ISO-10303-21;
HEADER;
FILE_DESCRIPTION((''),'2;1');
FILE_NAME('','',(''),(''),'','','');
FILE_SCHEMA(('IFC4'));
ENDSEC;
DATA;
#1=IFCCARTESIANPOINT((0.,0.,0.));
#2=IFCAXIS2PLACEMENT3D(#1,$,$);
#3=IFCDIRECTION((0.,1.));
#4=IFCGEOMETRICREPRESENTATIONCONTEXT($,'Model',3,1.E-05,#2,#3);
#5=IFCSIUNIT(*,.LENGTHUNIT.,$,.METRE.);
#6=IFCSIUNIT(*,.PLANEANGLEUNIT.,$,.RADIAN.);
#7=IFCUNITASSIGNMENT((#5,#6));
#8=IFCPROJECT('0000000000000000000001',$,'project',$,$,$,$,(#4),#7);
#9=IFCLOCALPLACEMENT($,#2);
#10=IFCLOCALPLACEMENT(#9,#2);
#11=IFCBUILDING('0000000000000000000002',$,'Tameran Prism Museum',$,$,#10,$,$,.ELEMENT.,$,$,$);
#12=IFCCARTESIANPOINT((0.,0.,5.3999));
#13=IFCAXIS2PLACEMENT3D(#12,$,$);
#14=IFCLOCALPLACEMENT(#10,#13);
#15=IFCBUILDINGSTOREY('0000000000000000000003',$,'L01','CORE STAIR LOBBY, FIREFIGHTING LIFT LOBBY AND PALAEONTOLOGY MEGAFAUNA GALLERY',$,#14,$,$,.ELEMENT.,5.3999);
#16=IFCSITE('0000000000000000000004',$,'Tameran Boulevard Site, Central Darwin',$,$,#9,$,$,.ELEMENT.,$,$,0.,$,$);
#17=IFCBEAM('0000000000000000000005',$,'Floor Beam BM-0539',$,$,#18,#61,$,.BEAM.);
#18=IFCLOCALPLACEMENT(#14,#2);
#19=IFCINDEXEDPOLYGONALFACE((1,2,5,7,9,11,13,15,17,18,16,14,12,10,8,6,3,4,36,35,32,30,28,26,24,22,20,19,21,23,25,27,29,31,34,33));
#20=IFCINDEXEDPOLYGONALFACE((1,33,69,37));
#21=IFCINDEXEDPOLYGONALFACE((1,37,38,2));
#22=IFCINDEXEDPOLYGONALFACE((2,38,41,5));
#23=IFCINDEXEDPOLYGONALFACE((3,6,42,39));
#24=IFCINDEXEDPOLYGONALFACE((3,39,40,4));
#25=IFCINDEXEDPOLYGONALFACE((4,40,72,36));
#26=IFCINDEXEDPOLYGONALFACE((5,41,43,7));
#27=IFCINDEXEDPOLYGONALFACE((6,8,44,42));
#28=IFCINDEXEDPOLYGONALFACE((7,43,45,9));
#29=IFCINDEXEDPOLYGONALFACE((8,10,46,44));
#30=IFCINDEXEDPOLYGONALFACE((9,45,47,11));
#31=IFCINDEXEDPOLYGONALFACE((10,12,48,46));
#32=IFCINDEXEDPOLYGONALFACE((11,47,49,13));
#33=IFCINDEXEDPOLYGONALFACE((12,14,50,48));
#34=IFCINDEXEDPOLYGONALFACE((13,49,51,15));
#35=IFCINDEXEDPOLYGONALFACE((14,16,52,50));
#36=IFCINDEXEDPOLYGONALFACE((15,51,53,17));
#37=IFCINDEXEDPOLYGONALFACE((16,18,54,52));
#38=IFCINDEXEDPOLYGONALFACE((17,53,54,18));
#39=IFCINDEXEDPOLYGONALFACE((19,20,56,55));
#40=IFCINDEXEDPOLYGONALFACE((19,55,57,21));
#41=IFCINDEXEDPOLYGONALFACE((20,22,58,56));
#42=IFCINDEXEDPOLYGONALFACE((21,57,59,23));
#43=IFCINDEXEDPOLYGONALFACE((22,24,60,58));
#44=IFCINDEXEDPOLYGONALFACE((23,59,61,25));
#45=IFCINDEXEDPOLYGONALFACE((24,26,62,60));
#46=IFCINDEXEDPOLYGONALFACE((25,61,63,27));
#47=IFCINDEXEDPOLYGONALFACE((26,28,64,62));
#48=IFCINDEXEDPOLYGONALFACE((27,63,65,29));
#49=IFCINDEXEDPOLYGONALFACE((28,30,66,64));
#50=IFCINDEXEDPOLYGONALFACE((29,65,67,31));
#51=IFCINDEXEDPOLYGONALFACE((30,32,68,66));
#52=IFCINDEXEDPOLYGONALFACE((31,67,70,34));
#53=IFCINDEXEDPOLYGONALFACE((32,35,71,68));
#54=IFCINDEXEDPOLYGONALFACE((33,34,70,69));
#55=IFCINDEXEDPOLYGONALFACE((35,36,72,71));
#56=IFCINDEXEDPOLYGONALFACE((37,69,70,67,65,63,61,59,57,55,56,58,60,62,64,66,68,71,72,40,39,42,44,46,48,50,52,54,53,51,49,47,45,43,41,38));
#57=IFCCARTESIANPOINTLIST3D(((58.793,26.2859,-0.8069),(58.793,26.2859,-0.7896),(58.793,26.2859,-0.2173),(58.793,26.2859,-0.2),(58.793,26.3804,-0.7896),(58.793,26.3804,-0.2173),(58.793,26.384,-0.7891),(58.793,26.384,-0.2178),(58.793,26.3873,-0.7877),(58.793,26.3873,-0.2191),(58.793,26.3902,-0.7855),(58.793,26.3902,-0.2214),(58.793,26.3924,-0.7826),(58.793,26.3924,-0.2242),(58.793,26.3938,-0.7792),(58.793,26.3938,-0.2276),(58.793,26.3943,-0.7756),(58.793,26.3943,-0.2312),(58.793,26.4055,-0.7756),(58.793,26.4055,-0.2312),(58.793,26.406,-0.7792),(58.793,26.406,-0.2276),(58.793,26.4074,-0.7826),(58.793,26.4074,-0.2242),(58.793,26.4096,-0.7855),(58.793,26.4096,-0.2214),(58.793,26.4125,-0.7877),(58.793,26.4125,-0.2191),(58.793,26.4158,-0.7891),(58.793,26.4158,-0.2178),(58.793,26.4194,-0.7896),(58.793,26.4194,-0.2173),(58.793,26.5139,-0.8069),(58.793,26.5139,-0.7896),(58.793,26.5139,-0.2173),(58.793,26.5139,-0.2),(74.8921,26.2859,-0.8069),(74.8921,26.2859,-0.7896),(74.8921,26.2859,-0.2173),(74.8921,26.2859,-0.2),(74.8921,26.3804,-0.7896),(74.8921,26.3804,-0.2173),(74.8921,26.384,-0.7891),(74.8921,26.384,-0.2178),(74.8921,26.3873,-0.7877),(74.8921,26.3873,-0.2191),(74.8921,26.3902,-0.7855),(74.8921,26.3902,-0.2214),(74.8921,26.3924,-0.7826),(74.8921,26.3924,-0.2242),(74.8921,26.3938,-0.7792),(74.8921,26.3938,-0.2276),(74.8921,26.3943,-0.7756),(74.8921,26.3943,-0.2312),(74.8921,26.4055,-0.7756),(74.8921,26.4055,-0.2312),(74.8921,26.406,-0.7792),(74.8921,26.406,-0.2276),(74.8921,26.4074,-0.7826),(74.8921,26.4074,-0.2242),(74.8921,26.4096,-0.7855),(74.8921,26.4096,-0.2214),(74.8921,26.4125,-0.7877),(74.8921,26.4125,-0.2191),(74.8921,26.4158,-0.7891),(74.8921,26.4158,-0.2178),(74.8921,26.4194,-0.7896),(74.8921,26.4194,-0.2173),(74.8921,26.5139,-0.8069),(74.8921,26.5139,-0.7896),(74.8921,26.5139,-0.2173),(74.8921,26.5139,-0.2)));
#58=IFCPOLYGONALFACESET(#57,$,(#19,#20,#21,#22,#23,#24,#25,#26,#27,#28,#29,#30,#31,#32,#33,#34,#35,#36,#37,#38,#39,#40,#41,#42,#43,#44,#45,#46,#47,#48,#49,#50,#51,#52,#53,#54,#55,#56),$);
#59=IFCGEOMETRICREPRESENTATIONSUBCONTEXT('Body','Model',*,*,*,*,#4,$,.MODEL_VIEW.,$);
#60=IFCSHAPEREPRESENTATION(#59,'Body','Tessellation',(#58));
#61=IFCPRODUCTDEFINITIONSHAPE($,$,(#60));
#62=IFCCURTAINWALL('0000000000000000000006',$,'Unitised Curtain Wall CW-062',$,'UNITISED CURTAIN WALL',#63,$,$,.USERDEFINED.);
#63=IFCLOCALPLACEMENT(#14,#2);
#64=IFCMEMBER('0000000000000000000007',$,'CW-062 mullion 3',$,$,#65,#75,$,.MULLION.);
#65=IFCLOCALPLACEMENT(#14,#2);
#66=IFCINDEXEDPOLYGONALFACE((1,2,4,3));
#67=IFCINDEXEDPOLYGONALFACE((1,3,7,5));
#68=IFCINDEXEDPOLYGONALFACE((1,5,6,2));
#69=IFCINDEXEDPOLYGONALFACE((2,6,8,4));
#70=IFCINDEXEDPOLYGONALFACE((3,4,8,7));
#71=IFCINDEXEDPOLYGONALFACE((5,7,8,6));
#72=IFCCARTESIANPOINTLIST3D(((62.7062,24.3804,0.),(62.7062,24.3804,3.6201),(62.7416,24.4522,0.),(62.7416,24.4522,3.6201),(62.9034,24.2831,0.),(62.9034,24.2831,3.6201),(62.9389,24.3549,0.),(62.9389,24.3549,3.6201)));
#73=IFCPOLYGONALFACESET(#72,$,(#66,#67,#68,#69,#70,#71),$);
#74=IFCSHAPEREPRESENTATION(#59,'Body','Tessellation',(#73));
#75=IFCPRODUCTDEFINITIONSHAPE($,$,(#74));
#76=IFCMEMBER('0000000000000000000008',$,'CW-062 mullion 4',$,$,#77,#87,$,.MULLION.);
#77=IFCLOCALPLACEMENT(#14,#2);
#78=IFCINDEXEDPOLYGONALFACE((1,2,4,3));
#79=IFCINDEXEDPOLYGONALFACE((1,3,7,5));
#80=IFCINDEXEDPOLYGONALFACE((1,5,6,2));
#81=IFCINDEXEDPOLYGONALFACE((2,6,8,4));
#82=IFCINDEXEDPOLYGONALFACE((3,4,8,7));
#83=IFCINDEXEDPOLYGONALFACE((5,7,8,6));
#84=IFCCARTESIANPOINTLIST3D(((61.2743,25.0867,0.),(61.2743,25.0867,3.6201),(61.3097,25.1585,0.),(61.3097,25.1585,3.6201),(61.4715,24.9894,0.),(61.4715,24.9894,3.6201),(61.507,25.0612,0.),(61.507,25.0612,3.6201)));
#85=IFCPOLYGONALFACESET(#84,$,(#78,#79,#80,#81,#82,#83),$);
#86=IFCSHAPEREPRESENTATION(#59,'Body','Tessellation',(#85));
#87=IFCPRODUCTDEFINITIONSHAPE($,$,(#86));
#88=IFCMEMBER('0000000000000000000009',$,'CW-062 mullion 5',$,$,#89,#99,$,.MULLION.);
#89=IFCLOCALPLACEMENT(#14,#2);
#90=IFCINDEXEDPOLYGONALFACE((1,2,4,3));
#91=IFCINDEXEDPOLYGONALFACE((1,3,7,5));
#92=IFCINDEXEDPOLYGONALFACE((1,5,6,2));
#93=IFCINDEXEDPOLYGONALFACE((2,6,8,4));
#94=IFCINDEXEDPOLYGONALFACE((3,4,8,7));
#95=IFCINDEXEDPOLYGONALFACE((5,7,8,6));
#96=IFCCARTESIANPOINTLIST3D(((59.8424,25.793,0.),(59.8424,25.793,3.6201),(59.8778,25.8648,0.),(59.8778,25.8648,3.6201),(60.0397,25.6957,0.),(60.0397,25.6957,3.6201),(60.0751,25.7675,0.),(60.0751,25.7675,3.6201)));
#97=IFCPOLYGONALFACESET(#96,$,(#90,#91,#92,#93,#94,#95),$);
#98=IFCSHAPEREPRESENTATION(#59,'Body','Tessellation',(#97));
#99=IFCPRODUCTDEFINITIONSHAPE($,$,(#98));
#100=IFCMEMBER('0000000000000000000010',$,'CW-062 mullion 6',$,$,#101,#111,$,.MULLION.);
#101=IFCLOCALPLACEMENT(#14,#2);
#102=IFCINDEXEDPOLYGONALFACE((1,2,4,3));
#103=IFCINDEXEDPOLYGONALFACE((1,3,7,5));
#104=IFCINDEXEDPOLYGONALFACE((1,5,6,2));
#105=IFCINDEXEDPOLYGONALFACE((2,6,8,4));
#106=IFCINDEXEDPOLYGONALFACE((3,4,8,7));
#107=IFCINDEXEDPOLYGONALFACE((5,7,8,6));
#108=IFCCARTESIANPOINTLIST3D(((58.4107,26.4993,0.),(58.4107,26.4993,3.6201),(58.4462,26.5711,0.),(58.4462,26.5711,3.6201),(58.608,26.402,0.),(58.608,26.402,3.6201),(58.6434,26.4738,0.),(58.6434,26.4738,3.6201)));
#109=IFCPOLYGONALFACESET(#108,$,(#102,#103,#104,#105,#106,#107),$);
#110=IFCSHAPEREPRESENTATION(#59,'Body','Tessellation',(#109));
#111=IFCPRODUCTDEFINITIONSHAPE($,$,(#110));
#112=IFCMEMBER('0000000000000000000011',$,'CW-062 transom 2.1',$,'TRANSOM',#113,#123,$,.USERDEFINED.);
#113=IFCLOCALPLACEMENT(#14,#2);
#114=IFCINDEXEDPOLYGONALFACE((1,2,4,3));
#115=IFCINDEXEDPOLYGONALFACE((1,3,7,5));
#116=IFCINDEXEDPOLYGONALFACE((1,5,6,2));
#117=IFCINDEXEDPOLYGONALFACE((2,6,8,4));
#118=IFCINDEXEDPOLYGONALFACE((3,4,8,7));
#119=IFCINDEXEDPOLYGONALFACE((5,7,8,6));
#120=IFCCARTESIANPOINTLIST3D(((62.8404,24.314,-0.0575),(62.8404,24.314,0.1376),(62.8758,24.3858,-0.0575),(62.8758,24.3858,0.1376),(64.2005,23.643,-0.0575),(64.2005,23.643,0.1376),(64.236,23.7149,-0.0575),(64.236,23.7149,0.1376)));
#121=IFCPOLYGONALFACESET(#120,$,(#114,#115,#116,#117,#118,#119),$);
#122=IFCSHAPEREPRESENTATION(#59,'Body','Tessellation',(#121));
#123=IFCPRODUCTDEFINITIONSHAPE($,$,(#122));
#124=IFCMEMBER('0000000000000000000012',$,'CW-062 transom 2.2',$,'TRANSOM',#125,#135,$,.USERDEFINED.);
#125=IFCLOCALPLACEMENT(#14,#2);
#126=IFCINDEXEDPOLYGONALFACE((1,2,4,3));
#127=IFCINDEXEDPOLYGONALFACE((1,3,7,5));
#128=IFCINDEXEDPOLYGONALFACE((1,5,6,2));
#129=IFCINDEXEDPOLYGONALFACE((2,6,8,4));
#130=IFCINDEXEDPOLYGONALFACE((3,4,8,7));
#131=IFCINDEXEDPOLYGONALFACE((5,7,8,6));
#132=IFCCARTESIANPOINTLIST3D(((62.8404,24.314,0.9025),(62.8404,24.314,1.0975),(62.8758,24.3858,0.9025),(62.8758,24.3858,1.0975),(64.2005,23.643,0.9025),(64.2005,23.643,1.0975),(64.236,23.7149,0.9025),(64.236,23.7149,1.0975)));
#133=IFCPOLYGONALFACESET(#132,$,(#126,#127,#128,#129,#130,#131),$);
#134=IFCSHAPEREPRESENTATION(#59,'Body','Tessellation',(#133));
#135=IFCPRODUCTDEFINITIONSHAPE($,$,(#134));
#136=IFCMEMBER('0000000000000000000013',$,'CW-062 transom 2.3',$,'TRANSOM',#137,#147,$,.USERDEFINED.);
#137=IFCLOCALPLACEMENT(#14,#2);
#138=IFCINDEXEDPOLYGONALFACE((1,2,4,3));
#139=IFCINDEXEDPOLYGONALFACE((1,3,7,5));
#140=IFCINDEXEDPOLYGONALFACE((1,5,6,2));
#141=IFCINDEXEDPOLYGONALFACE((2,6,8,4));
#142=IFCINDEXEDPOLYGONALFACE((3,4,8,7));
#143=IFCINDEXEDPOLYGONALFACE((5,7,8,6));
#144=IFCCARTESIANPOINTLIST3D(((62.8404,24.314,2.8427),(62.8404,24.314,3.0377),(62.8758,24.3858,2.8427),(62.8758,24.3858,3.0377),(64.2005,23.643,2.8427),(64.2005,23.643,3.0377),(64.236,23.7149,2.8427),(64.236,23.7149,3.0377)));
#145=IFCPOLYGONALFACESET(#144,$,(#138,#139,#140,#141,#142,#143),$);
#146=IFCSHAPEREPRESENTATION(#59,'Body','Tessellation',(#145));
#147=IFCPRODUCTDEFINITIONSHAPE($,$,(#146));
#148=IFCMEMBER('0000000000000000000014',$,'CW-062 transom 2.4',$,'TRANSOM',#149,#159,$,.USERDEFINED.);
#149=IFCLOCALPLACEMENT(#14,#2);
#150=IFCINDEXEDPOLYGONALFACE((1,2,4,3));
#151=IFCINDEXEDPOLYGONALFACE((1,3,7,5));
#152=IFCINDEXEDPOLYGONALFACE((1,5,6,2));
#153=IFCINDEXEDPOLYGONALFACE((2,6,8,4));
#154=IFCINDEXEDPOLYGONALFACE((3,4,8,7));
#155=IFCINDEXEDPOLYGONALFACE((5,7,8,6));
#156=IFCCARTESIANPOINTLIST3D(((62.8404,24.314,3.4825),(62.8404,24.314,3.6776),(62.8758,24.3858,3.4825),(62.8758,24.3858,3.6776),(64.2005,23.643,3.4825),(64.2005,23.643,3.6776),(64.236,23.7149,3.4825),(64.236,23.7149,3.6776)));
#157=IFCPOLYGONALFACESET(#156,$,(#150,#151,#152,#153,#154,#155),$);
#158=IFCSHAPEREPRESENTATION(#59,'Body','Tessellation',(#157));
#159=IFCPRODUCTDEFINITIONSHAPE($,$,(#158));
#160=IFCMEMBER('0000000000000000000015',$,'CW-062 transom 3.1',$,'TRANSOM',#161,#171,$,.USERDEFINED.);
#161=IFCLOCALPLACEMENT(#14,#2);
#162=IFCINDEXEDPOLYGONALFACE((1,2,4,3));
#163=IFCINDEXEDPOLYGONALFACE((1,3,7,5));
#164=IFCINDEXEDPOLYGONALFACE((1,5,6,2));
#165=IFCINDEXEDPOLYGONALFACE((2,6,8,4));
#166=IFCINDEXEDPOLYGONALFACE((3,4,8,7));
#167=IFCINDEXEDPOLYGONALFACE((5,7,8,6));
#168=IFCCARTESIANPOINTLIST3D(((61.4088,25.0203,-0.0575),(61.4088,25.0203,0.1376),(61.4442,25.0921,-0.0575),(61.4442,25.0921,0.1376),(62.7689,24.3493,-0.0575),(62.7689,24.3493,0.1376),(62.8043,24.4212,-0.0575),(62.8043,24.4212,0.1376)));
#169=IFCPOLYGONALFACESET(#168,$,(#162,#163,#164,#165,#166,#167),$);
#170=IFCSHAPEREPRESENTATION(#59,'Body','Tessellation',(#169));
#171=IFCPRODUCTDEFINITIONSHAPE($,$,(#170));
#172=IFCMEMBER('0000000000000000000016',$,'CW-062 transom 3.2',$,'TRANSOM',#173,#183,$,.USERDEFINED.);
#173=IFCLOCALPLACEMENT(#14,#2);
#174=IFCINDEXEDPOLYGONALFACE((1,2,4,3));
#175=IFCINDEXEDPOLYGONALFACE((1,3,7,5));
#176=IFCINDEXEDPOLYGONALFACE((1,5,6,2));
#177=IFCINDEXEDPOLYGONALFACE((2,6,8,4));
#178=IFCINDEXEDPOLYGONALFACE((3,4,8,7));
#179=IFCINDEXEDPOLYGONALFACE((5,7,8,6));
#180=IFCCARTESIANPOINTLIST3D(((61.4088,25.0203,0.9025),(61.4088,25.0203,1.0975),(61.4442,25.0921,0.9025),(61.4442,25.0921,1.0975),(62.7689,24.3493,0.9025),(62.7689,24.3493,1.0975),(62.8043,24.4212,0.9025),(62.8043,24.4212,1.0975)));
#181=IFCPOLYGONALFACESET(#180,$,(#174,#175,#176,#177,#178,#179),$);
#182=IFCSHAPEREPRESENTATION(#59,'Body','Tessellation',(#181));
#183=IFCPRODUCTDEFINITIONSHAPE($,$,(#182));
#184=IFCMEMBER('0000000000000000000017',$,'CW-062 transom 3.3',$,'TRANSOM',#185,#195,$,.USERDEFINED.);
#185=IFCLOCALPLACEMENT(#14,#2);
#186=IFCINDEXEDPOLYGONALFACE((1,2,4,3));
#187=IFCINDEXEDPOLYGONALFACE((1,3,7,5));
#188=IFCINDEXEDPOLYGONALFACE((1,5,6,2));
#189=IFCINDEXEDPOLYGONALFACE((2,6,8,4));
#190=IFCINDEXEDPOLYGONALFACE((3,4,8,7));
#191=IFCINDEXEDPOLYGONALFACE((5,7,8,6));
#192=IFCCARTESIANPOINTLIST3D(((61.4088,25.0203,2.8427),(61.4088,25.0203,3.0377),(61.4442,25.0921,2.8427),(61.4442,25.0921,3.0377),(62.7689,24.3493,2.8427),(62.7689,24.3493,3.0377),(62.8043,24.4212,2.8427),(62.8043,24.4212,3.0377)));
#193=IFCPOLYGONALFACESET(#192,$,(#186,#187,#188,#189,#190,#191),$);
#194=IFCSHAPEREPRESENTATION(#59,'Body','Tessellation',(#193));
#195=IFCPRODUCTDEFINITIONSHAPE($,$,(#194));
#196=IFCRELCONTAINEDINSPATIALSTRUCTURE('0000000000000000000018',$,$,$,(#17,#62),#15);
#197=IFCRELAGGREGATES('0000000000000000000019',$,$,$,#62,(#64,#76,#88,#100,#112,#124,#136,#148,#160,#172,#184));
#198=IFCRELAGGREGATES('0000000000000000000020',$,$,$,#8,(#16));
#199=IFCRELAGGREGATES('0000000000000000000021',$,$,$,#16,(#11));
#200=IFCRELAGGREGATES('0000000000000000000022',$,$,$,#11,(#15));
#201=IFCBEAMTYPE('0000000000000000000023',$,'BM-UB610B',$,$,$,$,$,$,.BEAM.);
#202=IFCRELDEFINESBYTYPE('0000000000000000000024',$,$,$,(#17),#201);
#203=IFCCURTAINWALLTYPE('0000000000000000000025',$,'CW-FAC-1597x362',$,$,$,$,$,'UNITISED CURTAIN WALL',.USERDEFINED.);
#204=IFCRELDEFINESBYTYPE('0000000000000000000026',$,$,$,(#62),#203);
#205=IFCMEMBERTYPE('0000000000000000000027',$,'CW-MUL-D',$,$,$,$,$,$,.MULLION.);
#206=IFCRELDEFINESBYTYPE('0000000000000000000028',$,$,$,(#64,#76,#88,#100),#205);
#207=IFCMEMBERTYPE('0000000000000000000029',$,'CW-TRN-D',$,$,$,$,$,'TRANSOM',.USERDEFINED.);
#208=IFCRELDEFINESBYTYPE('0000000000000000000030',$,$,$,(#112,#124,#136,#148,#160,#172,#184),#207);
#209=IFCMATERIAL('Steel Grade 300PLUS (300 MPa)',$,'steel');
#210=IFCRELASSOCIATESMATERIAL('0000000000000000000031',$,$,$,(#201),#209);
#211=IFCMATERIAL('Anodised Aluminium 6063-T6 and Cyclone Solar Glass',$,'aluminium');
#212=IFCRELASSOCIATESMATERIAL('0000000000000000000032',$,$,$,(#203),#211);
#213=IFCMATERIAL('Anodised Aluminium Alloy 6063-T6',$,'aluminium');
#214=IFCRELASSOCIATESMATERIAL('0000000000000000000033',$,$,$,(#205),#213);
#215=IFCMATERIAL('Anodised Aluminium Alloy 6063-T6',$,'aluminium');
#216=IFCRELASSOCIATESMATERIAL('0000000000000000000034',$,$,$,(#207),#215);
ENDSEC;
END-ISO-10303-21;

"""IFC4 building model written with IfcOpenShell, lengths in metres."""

from ifc_helpers import new_model, si_unit, direction, frame, origin, origin_2d, place, context, subcontext, project, spatial, rectangle, i_section, extrude, material, material_profile, profile_set, type_object, element, aggregate, save


model = new_model("IFC4")

# Units and contexts
model_context = context("Model", 3, precision=1e-05, world=origin(), true_north=direction((0.0, 1.0)))
body_context = subcontext(model_context, "Body", "Model", "MODEL_VIEW")
ifc_project = project(units=[si_unit("LENGTHUNIT", "METRE"), si_unit("PLANEANGLEUNIT", "RADIAN")], contexts=[model_context])

# Site, building, storey
site_placement = place(None, origin())
site = spatial("IfcSite", under=ifc_project, at=site_placement, Name="Tameran Boulevard Site, Central Darwin", CompositionType="ELEMENT", RefElevation=0.0)
building_placement = place(site_placement, origin())
building = spatial("IfcBuilding", under=site, at=building_placement, Name="Tameran Prism Museum", CompositionType="ELEMENT")
storey_placement = place(building_placement, frame((0.0, 0.0, 5.3999)))
storey = spatial("IfcBuildingStorey", under=building, at=storey_placement, Name="L01", Description="CORE STAIR LOBBY, FIREFIGHTING LIFT LOBBY AND PALAEONTOLOGY MEGAFAUNA GALLERY", CompositionType="ELEMENT", Elevation=5.3999)

# Beam
ifc_material_1 = material(Name="Steel Grade 300PLUS (300 MPa)", Category="steel")
ifc_material_profile_1 = material_profile(ifc_material_1, i_section(OverallWidth=0.228, OverallDepth=0.6069, WebThickness=0.0112, FlangeThickness=0.0173, FilletRadius=0.0139, at=origin_2d()))
ifc_profile_set_1 = profile_set([ifc_material_profile_1])
beam_type = type_object("IfcBeamType", Name="BM-UB610B", PredefinedType="BEAM", material=ifc_profile_set_1)
beam_placement = place(storey_placement, frame((58.793, 26.3999, -0.5034), z_axis=(1.0, 0.0, 0.0), x_axis=(0.0, 1.0, 0.0)))
element("IfcBeam", 1, at=beam_placement, inside=storey, type_object=beam_type, Name="Floor Beam BM-0539", PredefinedType="BEAM", context=body_context, shape_type="SweptSolid", body=[
    extrude(i_section(OverallWidth=0.228, OverallDepth=0.6069, WebThickness=0.0112, FlangeThickness=0.0173, FilletRadius=0.0139, at=origin_2d()), origin(), (0.0, 0.0, 1.0), 16.0991),
])

# Curtain wall, members
ifc_material_2 = material(Name="Anodised Aluminium 6063-T6 and Cyclone Solar Glass", Category="aluminium")
curtain_wall_type = type_object("IfcCurtainWallType", Name="CW-FAC-1597x362", ElementType="UNITISED CURTAIN WALL", PredefinedType="USERDEFINED", material=ifc_material_2)
curtain_wall_placement = place(storey_placement, origin())
curtain_wall = element("IfcCurtainWall", 2, at=curtain_wall_placement, inside=storey, type_object=curtain_wall_type, Name="Unitised Curtain Wall CW-062", ObjectType="UNITISED CURTAIN WALL", PredefinedType="USERDEFINED")
ifc_material_3 = material(Name="Anodised Aluminium Alloy 6063-T6", Category="aluminium")
ifc_material_profile_2 = material_profile(ifc_material_3, rectangle(XDim=0.0801, YDim=0.22, at=origin_2d()))
ifc_profile_set_2 = profile_set([ifc_material_profile_2])
member_type_1 = type_object("IfcMemberType", Name="CW-MUL-D", PredefinedType="MULLION", material=ifc_profile_set_2)
member_1_placement = place(storey_placement, frame((62.8225, 24.3677, 0.0), z_axis=(0.0, 0.0, 1.0), x_axis=(-0.442397, -0.896819, 0.0)))
member_1 = element("IfcMember", 3, at=member_1_placement, type_object=member_type_1, Name="CW-062 mullion 3", PredefinedType="MULLION", context=body_context, shape_type="SweptSolid", body=[
    extrude(rectangle(XDim=0.0801, YDim=0.22, at=origin_2d()), origin(), (0.0, 0.0, 1.0), 3.6201),
])
member_2_placement = place(storey_placement, frame((61.3906, 25.074, 0.0), z_axis=(0.0, 0.0, 1.0), x_axis=(-0.442397, -0.896819, 0.0)))
member_2 = element("IfcMember", 4, at=member_2_placement, type_object=member_type_1, Name="CW-062 mullion 4", PredefinedType="MULLION", context=body_context, shape_type="SweptSolid", body=[
    extrude(rectangle(XDim=0.0801, YDim=0.22, at=origin_2d()), origin(), (0.0, 0.0, 1.0), 3.6201),
])
member_3_placement = place(storey_placement, frame((59.9587, 25.7803, 0.0), z_axis=(0.0, 0.0, 1.0), x_axis=(-0.442397, -0.896819, 0.0)))
member_3 = element("IfcMember", 5, at=member_3_placement, type_object=member_type_1, Name="CW-062 mullion 5", PredefinedType="MULLION", context=body_context, shape_type="SweptSolid", body=[
    extrude(rectangle(XDim=0.0801, YDim=0.22, at=origin_2d()), origin(), (0.0, 0.0, 1.0), 3.6201),
])
member_4_placement = place(storey_placement, frame((58.5271, 26.4866, 0.0), z_axis=(0.0, 0.0, 1.0), x_axis=(-0.442397, -0.896819, 0.0)))
member_4 = element("IfcMember", 6, at=member_4_placement, type_object=member_type_1, Name="CW-062 mullion 6", PredefinedType="MULLION", context=body_context, shape_type="SweptSolid", body=[
    extrude(rectangle(XDim=0.0801, YDim=0.22, at=origin_2d()), origin(), (0.0, 0.0, 1.0), 3.6201),
])
ifc_material_4 = material(Name="Anodised Aluminium Alloy 6063-T6", Category="aluminium")
ifc_material_profile_3 = material_profile(ifc_material_4, rectangle(XDim=0.0801, YDim=0.1951, at=origin_2d()))
ifc_profile_set_3 = profile_set([ifc_material_profile_3])
member_type_2 = type_object("IfcMemberType", Name="CW-TRN-D", ElementType="TRANSOM", PredefinedType="USERDEFINED", material=ifc_profile_set_3)
member_5_placement = place(storey_placement, frame((64.2183, 23.679, 0.04), z_axis=(-0.896829, 0.442378, 0.0), x_axis=(-0.442378, -0.896829, 0.0)))
member_5 = element("IfcMember", 7, at=member_5_placement, type_object=member_type_2, Name="CW-062 transom 2.1", ObjectType="TRANSOM", PredefinedType="USERDEFINED", context=body_context, shape_type="SweptSolid", body=[
    extrude(rectangle(XDim=0.0801, YDim=0.1951, at=origin_2d()), origin(), (0.0, 0.0, 1.0), 1.5166),
])
member_6_placement = place(storey_placement, frame((64.2183, 23.679, 1.0), z_axis=(-0.896829, 0.442378, 0.0), x_axis=(-0.442378, -0.896829, 0.0)))
member_6 = element("IfcMember", 8, at=member_6_placement, type_object=member_type_2, Name="CW-062 transom 2.2", ObjectType="TRANSOM", PredefinedType="USERDEFINED", context=body_context, shape_type="SweptSolid", body=[
    extrude(rectangle(XDim=0.0801, YDim=0.1951, at=origin_2d()), origin(), (0.0, 0.0, 1.0), 1.5166),
])
member_7_placement = place(storey_placement, frame((64.2183, 23.679, 2.9402), z_axis=(-0.896829, 0.442378, 0.0), x_axis=(-0.442378, -0.896829, 0.0)))
member_7 = element("IfcMember", 9, at=member_7_placement, type_object=member_type_2, Name="CW-062 transom 2.3", ObjectType="TRANSOM", PredefinedType="USERDEFINED", context=body_context, shape_type="SweptSolid", body=[
    extrude(rectangle(XDim=0.0801, YDim=0.1951, at=origin_2d()), origin(), (0.0, 0.0, 1.0), 1.5166),
])
member_8_placement = place(storey_placement, frame((64.2183, 23.679, 3.5801), z_axis=(-0.896829, 0.442378, 0.0), x_axis=(-0.442378, -0.896829, 0.0)))
member_8 = element("IfcMember", 10, at=member_8_placement, type_object=member_type_2, Name="CW-062 transom 2.4", ObjectType="TRANSOM", PredefinedType="USERDEFINED", context=body_context, shape_type="SweptSolid", body=[
    extrude(rectangle(XDim=0.0801, YDim=0.1951, at=origin_2d()), origin(), (0.0, 0.0, 1.0), 1.5166),
])
member_9_placement = place(storey_placement, frame((62.7866, 24.3853, 0.04), z_axis=(-0.896829, 0.442378, 0.0), x_axis=(-0.442378, -0.896829, 0.0)))
member_9 = element("IfcMember", 11, at=member_9_placement, type_object=member_type_2, Name="CW-062 transom 3.1", ObjectType="TRANSOM", PredefinedType="USERDEFINED", context=body_context, shape_type="SweptSolid", body=[
    extrude(rectangle(XDim=0.0801, YDim=0.1951, at=origin_2d()), origin(), (0.0, 0.0, 1.0), 1.5166),
])
member_10_placement = place(storey_placement, frame((62.7866, 24.3853, 1.0), z_axis=(-0.896829, 0.442378, 0.0), x_axis=(-0.442378, -0.896829, 0.0)))
member_10 = element("IfcMember", 12, at=member_10_placement, type_object=member_type_2, Name="CW-062 transom 3.2", ObjectType="TRANSOM", PredefinedType="USERDEFINED", context=body_context, shape_type="SweptSolid", body=[
    extrude(rectangle(XDim=0.0801, YDim=0.1951, at=origin_2d()), origin(), (0.0, 0.0, 1.0), 1.5166),
])
member_11_placement = place(storey_placement, frame((62.7866, 24.3853, 2.9402), z_axis=(-0.896829, 0.442378, 0.0), x_axis=(-0.442378, -0.896829, 0.0)))
member_11 = element("IfcMember", 13, at=member_11_placement, type_object=member_type_2, Name="CW-062 transom 3.3", ObjectType="TRANSOM", PredefinedType="USERDEFINED", context=body_context, shape_type="SweptSolid", body=[
    extrude(rectangle(XDim=0.0801, YDim=0.1951, at=origin_2d()), origin(), (0.0, 0.0, 1.0), 1.5166),
])
aggregate(curtain_wall, [member_1, member_2, member_3, member_4, member_5, member_6, member_7, member_8, member_9, member_10, member_11])

save(model, "model.ifc")
